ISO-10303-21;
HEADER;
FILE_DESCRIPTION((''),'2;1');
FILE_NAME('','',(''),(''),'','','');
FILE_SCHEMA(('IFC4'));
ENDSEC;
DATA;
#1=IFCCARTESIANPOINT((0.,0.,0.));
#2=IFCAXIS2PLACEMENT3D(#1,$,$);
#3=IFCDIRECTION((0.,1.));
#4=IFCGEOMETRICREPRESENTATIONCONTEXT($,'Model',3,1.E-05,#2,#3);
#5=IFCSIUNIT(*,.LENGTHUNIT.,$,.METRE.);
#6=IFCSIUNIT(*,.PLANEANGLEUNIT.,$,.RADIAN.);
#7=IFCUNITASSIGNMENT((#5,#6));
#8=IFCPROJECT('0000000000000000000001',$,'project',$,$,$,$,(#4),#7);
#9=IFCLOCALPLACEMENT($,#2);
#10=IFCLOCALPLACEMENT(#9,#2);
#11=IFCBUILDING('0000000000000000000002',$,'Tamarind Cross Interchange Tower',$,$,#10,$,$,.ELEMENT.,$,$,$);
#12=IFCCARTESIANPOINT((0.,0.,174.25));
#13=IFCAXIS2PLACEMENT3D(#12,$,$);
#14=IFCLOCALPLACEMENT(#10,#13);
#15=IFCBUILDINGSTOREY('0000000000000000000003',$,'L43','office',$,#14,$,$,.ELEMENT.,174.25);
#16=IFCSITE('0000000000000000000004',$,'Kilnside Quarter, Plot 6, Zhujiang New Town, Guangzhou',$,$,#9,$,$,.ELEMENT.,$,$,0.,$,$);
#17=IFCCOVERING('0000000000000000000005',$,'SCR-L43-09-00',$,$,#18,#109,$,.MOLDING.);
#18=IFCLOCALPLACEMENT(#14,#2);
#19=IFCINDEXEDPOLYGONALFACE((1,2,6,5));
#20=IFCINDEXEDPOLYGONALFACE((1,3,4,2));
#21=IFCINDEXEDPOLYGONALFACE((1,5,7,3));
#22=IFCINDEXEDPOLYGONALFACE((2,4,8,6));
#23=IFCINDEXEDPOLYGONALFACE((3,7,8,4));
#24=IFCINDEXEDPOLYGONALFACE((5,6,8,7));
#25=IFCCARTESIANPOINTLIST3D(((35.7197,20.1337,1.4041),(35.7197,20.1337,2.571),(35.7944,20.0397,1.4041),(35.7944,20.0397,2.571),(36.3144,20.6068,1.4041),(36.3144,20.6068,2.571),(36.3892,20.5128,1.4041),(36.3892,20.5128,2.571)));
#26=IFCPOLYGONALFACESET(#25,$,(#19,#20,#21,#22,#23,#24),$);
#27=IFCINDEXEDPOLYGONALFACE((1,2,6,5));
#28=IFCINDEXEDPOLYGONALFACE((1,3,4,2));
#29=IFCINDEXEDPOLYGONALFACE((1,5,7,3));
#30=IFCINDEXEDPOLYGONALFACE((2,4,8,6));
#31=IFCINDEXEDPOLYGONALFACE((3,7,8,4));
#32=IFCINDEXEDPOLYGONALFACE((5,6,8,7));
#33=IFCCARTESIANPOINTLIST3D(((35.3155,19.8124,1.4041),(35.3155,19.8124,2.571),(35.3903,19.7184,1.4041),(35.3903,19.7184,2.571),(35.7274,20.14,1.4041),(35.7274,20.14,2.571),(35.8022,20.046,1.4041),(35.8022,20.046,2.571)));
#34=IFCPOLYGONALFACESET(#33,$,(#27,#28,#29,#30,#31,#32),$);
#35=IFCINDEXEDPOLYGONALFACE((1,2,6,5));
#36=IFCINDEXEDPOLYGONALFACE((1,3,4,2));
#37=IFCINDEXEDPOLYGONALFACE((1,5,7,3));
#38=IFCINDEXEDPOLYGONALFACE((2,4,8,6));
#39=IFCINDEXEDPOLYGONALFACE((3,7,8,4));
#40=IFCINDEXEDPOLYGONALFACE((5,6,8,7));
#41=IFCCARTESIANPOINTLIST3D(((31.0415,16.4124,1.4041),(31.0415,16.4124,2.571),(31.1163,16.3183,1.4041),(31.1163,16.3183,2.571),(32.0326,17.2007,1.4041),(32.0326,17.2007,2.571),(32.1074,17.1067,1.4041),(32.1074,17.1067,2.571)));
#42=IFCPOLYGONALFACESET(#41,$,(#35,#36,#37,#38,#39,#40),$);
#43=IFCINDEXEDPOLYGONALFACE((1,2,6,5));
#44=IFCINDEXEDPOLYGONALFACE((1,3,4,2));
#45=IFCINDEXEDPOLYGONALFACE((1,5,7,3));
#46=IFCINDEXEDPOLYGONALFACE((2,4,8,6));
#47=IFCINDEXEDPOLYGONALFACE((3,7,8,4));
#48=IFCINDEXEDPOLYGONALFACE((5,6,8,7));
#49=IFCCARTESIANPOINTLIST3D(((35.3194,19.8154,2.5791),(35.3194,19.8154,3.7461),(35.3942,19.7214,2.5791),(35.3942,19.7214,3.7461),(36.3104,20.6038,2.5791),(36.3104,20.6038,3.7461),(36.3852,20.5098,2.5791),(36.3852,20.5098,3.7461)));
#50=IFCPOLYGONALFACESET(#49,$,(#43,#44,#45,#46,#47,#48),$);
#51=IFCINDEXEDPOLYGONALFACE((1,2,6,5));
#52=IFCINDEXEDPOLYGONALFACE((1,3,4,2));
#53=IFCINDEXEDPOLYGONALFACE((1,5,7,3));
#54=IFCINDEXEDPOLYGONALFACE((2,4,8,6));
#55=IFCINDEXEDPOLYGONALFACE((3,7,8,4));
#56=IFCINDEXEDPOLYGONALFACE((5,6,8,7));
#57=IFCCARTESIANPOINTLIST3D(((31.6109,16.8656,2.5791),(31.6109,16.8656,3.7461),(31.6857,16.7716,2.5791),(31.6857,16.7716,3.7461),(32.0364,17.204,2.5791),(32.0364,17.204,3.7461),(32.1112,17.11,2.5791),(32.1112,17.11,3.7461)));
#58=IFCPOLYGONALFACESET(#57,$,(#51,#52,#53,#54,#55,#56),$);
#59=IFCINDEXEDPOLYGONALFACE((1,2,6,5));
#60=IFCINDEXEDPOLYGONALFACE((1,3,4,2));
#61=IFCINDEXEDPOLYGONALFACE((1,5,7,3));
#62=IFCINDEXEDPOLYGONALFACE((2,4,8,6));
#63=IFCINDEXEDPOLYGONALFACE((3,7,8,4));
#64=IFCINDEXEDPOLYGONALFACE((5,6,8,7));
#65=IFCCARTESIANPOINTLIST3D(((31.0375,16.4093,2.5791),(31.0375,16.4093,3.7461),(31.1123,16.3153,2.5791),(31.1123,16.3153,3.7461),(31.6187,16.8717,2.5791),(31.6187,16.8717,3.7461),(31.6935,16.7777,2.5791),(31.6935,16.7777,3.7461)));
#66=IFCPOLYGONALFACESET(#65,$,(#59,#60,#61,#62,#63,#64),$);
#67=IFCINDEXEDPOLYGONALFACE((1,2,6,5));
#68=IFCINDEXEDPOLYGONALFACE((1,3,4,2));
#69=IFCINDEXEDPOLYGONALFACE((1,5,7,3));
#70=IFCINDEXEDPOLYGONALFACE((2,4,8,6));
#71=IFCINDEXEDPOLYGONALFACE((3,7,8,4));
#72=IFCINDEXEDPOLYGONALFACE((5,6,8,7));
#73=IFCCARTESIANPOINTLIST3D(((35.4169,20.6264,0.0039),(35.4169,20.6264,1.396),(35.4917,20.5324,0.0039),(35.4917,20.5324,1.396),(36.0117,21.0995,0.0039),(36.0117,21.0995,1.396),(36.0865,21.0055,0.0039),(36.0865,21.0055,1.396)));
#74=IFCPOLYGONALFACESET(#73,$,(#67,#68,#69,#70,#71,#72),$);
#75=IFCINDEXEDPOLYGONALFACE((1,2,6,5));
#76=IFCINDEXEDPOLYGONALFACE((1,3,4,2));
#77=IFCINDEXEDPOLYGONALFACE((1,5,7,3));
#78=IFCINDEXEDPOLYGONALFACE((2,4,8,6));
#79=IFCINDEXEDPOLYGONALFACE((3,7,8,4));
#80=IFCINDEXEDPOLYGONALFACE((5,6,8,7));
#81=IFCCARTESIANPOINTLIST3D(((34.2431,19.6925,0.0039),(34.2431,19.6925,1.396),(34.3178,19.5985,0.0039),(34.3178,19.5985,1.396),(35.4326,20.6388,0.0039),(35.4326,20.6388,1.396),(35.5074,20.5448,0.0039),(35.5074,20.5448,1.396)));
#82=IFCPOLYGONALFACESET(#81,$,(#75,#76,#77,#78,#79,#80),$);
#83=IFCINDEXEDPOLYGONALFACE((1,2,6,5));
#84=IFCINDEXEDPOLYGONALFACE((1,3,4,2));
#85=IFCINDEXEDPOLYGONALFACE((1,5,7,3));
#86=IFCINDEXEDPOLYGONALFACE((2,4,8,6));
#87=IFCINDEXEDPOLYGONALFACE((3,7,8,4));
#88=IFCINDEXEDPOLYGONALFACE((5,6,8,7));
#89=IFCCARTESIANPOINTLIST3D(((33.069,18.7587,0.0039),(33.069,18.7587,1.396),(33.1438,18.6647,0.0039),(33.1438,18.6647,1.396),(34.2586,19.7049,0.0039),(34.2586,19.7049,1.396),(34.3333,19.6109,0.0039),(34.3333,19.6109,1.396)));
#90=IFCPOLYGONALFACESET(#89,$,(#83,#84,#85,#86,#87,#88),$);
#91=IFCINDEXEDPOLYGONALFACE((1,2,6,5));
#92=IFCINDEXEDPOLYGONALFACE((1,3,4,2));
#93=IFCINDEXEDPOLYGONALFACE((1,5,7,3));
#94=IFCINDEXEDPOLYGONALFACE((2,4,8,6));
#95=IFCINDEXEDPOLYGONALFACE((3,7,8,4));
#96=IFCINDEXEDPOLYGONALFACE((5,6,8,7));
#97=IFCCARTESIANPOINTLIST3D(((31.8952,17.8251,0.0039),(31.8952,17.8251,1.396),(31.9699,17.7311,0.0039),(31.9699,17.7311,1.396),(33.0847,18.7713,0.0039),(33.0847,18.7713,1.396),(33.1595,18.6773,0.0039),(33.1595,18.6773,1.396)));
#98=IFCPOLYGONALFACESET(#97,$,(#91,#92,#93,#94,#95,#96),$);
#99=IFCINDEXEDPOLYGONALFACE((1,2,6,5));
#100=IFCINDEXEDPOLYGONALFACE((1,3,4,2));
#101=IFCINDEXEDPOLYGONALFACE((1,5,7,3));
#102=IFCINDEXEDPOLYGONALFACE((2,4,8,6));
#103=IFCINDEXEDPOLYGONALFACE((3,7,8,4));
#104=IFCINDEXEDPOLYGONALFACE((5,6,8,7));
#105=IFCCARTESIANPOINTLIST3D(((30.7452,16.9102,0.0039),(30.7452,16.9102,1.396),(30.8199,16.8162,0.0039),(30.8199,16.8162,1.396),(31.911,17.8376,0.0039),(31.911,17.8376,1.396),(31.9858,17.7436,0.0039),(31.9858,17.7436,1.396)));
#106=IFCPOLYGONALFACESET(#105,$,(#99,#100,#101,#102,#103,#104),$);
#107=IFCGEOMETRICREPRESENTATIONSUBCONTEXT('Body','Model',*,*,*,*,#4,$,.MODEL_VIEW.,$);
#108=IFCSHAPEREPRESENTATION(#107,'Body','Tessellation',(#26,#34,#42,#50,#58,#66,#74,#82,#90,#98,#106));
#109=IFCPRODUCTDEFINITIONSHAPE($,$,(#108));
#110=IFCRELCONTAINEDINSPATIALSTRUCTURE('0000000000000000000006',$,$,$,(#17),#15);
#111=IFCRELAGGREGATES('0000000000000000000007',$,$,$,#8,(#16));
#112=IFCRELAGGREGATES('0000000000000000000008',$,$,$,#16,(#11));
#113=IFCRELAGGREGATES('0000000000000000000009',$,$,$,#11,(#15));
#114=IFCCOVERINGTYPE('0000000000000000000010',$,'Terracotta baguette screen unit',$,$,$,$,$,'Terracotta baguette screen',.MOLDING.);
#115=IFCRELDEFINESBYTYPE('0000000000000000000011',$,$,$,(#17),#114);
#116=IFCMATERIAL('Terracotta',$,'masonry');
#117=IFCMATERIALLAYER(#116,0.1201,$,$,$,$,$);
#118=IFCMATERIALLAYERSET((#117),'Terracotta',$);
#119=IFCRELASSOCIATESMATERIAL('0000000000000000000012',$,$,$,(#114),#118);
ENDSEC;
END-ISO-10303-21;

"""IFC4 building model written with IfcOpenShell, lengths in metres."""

from ifc_helpers import new_model, si_unit, direction, frame, origin, origin_2d, place, context, subcontext, project, spatial, rectangle, extrude, material, layer, layer_set, type_object, element, save


model = new_model("IFC4")

# Units and contexts
model_context = context("Model", 3, precision=1e-05, world=origin(), true_north=direction((0.0, 1.0)))
body_context = subcontext(model_context, "Body", "Model", "MODEL_VIEW")
ifc_project = project(units=[si_unit("LENGTHUNIT", "METRE"), si_unit("PLANEANGLEUNIT", "RADIAN")], contexts=[model_context])

# Site, building, storey
site_placement = place(None, origin())
site = spatial("IfcSite", under=ifc_project, at=site_placement, Name="Kilnside Quarter, Plot 6, Zhujiang New Town, Guangzhou", CompositionType="ELEMENT", RefElevation=0.0)
building_placement = place(site_placement, origin())
building = spatial("IfcBuilding", under=site, at=building_placement, Name="Tamarind Cross Interchange Tower", CompositionType="ELEMENT")
storey_placement = place(building_placement, frame((0.0, 0.0, 174.25)))
storey = spatial("IfcBuildingStorey", under=building, at=storey_placement, Name="L43", Description="office", CompositionType="ELEMENT", Elevation=174.25)

# Covering
ifc_material_1 = material(Name="Terracotta", Category="masonry")
ifc_layer_1 = layer(ifc_material_1, 0.1201)
ifc_layer_set_1 = layer_set([ifc_layer_1], Name="Terracotta")
covering_type = type_object("IfcCoveringType", Name="Terracotta baguette screen unit", ElementType="Terracotta baguette screen", PredefinedType="MOLDING", material=ifc_layer_set_1)
covering_1_placement = place(storey_placement, origin())
element("IfcCovering", 1, at=covering_1_placement, inside=storey, type_object=covering_type, Name="SCR-L43-09-00", PredefinedType="MOLDING", context=body_context, shape_type="SweptSolid", body=[
    extrude(rectangle(XDim=0.76, YDim=0.1201, at=origin_2d()), frame((36.0544, 20.3232, 1.4041), z_axis=(0.0, 0.0, 1.0), x_axis=(-0.7826, -0.622525, 0.0)), (0.0, 0.0, 1.0), 1.167),
    extrude(rectangle(XDim=0.5264, YDim=0.1201, at=origin_2d()), frame((35.5588, 19.9292, 1.4041), z_axis=(0.0, 0.0, 1.0), x_axis=(-0.7826, -0.622525, 0.0)), (0.0, 0.0, 1.0), 1.167),
    extrude(rectangle(XDim=1.2664, YDim=0.1201, at=origin_2d()), frame((31.5745, 16.7595, 1.4041), z_axis=(0.0, 0.0, 1.0), x_axis=(-0.7826, -0.622525, 0.0)), (0.0, 0.0, 1.0), 1.167),
    extrude(rectangle(XDim=1.2664, YDim=0.1201, at=origin_2d()), frame((35.8523, 20.1626, 2.5791), z_axis=(0.0, 0.0, 1.0), x_axis=(-0.7826, -0.622525, 0.0)), (0.0, 0.0, 1.0), 1.167),
    extrude(rectangle(XDim=0.5437, YDim=0.1201, at=origin_2d()), frame((31.8611, 16.9878, 2.5791), z_axis=(0.0, 0.0, 1.0), x_axis=(-0.7826, -0.622525, 0.0)), (0.0, 0.0, 1.0), 1.167),
    extrude(rectangle(XDim=0.7427, YDim=0.1201, at=origin_2d()), frame((31.3655, 16.5935, 2.5791), z_axis=(0.0, 0.0, 1.0), x_axis=(-0.7826, -0.622525, 0.0)), (0.0, 0.0, 1.0), 1.167),
    extrude(rectangle(XDim=0.76, YDim=0.1201, at=origin_2d()), frame((35.7517, 20.8159, 0.0039), z_axis=(0.0, 0.0, 1.0), x_axis=(-0.7826, -0.622525, 0.0)), (0.0, 0.0, 1.0), 1.3921),
    extrude(rectangle(XDim=1.52, YDim=0.1201, at=origin_2d()), frame((34.8752, 20.1187, 0.0039), z_axis=(0.0, 0.0, 1.0), x_axis=(-0.7826, -0.622525, 0.0)), (0.0, 0.0, 1.0), 1.3921),
    extrude(rectangle(XDim=1.52, YDim=0.1201, at=origin_2d()), frame((33.7012, 19.1848, 0.0039), z_axis=(0.0, 0.0, 1.0), x_axis=(-0.7826, -0.622525, 0.0)), (0.0, 0.0, 1.0), 1.3921),
    extrude(rectangle(XDim=1.52, YDim=0.1201, at=origin_2d()), frame((32.5273, 18.2512, 0.0039), z_axis=(0.0, 0.0, 1.0), x_axis=(-0.7826, -0.622525, 0.0)), (0.0, 0.0, 1.0), 1.3921),
    extrude(rectangle(XDim=1.4897, YDim=0.1201, at=origin_2d()), frame((31.3655, 17.3269, 0.0039), z_axis=(0.0, 0.0, 1.0), x_axis=(-0.7826, -0.622525, 0.0)), (0.0, 0.0, 1.0), 1.3921),
])

save(model, "model.ifc")
